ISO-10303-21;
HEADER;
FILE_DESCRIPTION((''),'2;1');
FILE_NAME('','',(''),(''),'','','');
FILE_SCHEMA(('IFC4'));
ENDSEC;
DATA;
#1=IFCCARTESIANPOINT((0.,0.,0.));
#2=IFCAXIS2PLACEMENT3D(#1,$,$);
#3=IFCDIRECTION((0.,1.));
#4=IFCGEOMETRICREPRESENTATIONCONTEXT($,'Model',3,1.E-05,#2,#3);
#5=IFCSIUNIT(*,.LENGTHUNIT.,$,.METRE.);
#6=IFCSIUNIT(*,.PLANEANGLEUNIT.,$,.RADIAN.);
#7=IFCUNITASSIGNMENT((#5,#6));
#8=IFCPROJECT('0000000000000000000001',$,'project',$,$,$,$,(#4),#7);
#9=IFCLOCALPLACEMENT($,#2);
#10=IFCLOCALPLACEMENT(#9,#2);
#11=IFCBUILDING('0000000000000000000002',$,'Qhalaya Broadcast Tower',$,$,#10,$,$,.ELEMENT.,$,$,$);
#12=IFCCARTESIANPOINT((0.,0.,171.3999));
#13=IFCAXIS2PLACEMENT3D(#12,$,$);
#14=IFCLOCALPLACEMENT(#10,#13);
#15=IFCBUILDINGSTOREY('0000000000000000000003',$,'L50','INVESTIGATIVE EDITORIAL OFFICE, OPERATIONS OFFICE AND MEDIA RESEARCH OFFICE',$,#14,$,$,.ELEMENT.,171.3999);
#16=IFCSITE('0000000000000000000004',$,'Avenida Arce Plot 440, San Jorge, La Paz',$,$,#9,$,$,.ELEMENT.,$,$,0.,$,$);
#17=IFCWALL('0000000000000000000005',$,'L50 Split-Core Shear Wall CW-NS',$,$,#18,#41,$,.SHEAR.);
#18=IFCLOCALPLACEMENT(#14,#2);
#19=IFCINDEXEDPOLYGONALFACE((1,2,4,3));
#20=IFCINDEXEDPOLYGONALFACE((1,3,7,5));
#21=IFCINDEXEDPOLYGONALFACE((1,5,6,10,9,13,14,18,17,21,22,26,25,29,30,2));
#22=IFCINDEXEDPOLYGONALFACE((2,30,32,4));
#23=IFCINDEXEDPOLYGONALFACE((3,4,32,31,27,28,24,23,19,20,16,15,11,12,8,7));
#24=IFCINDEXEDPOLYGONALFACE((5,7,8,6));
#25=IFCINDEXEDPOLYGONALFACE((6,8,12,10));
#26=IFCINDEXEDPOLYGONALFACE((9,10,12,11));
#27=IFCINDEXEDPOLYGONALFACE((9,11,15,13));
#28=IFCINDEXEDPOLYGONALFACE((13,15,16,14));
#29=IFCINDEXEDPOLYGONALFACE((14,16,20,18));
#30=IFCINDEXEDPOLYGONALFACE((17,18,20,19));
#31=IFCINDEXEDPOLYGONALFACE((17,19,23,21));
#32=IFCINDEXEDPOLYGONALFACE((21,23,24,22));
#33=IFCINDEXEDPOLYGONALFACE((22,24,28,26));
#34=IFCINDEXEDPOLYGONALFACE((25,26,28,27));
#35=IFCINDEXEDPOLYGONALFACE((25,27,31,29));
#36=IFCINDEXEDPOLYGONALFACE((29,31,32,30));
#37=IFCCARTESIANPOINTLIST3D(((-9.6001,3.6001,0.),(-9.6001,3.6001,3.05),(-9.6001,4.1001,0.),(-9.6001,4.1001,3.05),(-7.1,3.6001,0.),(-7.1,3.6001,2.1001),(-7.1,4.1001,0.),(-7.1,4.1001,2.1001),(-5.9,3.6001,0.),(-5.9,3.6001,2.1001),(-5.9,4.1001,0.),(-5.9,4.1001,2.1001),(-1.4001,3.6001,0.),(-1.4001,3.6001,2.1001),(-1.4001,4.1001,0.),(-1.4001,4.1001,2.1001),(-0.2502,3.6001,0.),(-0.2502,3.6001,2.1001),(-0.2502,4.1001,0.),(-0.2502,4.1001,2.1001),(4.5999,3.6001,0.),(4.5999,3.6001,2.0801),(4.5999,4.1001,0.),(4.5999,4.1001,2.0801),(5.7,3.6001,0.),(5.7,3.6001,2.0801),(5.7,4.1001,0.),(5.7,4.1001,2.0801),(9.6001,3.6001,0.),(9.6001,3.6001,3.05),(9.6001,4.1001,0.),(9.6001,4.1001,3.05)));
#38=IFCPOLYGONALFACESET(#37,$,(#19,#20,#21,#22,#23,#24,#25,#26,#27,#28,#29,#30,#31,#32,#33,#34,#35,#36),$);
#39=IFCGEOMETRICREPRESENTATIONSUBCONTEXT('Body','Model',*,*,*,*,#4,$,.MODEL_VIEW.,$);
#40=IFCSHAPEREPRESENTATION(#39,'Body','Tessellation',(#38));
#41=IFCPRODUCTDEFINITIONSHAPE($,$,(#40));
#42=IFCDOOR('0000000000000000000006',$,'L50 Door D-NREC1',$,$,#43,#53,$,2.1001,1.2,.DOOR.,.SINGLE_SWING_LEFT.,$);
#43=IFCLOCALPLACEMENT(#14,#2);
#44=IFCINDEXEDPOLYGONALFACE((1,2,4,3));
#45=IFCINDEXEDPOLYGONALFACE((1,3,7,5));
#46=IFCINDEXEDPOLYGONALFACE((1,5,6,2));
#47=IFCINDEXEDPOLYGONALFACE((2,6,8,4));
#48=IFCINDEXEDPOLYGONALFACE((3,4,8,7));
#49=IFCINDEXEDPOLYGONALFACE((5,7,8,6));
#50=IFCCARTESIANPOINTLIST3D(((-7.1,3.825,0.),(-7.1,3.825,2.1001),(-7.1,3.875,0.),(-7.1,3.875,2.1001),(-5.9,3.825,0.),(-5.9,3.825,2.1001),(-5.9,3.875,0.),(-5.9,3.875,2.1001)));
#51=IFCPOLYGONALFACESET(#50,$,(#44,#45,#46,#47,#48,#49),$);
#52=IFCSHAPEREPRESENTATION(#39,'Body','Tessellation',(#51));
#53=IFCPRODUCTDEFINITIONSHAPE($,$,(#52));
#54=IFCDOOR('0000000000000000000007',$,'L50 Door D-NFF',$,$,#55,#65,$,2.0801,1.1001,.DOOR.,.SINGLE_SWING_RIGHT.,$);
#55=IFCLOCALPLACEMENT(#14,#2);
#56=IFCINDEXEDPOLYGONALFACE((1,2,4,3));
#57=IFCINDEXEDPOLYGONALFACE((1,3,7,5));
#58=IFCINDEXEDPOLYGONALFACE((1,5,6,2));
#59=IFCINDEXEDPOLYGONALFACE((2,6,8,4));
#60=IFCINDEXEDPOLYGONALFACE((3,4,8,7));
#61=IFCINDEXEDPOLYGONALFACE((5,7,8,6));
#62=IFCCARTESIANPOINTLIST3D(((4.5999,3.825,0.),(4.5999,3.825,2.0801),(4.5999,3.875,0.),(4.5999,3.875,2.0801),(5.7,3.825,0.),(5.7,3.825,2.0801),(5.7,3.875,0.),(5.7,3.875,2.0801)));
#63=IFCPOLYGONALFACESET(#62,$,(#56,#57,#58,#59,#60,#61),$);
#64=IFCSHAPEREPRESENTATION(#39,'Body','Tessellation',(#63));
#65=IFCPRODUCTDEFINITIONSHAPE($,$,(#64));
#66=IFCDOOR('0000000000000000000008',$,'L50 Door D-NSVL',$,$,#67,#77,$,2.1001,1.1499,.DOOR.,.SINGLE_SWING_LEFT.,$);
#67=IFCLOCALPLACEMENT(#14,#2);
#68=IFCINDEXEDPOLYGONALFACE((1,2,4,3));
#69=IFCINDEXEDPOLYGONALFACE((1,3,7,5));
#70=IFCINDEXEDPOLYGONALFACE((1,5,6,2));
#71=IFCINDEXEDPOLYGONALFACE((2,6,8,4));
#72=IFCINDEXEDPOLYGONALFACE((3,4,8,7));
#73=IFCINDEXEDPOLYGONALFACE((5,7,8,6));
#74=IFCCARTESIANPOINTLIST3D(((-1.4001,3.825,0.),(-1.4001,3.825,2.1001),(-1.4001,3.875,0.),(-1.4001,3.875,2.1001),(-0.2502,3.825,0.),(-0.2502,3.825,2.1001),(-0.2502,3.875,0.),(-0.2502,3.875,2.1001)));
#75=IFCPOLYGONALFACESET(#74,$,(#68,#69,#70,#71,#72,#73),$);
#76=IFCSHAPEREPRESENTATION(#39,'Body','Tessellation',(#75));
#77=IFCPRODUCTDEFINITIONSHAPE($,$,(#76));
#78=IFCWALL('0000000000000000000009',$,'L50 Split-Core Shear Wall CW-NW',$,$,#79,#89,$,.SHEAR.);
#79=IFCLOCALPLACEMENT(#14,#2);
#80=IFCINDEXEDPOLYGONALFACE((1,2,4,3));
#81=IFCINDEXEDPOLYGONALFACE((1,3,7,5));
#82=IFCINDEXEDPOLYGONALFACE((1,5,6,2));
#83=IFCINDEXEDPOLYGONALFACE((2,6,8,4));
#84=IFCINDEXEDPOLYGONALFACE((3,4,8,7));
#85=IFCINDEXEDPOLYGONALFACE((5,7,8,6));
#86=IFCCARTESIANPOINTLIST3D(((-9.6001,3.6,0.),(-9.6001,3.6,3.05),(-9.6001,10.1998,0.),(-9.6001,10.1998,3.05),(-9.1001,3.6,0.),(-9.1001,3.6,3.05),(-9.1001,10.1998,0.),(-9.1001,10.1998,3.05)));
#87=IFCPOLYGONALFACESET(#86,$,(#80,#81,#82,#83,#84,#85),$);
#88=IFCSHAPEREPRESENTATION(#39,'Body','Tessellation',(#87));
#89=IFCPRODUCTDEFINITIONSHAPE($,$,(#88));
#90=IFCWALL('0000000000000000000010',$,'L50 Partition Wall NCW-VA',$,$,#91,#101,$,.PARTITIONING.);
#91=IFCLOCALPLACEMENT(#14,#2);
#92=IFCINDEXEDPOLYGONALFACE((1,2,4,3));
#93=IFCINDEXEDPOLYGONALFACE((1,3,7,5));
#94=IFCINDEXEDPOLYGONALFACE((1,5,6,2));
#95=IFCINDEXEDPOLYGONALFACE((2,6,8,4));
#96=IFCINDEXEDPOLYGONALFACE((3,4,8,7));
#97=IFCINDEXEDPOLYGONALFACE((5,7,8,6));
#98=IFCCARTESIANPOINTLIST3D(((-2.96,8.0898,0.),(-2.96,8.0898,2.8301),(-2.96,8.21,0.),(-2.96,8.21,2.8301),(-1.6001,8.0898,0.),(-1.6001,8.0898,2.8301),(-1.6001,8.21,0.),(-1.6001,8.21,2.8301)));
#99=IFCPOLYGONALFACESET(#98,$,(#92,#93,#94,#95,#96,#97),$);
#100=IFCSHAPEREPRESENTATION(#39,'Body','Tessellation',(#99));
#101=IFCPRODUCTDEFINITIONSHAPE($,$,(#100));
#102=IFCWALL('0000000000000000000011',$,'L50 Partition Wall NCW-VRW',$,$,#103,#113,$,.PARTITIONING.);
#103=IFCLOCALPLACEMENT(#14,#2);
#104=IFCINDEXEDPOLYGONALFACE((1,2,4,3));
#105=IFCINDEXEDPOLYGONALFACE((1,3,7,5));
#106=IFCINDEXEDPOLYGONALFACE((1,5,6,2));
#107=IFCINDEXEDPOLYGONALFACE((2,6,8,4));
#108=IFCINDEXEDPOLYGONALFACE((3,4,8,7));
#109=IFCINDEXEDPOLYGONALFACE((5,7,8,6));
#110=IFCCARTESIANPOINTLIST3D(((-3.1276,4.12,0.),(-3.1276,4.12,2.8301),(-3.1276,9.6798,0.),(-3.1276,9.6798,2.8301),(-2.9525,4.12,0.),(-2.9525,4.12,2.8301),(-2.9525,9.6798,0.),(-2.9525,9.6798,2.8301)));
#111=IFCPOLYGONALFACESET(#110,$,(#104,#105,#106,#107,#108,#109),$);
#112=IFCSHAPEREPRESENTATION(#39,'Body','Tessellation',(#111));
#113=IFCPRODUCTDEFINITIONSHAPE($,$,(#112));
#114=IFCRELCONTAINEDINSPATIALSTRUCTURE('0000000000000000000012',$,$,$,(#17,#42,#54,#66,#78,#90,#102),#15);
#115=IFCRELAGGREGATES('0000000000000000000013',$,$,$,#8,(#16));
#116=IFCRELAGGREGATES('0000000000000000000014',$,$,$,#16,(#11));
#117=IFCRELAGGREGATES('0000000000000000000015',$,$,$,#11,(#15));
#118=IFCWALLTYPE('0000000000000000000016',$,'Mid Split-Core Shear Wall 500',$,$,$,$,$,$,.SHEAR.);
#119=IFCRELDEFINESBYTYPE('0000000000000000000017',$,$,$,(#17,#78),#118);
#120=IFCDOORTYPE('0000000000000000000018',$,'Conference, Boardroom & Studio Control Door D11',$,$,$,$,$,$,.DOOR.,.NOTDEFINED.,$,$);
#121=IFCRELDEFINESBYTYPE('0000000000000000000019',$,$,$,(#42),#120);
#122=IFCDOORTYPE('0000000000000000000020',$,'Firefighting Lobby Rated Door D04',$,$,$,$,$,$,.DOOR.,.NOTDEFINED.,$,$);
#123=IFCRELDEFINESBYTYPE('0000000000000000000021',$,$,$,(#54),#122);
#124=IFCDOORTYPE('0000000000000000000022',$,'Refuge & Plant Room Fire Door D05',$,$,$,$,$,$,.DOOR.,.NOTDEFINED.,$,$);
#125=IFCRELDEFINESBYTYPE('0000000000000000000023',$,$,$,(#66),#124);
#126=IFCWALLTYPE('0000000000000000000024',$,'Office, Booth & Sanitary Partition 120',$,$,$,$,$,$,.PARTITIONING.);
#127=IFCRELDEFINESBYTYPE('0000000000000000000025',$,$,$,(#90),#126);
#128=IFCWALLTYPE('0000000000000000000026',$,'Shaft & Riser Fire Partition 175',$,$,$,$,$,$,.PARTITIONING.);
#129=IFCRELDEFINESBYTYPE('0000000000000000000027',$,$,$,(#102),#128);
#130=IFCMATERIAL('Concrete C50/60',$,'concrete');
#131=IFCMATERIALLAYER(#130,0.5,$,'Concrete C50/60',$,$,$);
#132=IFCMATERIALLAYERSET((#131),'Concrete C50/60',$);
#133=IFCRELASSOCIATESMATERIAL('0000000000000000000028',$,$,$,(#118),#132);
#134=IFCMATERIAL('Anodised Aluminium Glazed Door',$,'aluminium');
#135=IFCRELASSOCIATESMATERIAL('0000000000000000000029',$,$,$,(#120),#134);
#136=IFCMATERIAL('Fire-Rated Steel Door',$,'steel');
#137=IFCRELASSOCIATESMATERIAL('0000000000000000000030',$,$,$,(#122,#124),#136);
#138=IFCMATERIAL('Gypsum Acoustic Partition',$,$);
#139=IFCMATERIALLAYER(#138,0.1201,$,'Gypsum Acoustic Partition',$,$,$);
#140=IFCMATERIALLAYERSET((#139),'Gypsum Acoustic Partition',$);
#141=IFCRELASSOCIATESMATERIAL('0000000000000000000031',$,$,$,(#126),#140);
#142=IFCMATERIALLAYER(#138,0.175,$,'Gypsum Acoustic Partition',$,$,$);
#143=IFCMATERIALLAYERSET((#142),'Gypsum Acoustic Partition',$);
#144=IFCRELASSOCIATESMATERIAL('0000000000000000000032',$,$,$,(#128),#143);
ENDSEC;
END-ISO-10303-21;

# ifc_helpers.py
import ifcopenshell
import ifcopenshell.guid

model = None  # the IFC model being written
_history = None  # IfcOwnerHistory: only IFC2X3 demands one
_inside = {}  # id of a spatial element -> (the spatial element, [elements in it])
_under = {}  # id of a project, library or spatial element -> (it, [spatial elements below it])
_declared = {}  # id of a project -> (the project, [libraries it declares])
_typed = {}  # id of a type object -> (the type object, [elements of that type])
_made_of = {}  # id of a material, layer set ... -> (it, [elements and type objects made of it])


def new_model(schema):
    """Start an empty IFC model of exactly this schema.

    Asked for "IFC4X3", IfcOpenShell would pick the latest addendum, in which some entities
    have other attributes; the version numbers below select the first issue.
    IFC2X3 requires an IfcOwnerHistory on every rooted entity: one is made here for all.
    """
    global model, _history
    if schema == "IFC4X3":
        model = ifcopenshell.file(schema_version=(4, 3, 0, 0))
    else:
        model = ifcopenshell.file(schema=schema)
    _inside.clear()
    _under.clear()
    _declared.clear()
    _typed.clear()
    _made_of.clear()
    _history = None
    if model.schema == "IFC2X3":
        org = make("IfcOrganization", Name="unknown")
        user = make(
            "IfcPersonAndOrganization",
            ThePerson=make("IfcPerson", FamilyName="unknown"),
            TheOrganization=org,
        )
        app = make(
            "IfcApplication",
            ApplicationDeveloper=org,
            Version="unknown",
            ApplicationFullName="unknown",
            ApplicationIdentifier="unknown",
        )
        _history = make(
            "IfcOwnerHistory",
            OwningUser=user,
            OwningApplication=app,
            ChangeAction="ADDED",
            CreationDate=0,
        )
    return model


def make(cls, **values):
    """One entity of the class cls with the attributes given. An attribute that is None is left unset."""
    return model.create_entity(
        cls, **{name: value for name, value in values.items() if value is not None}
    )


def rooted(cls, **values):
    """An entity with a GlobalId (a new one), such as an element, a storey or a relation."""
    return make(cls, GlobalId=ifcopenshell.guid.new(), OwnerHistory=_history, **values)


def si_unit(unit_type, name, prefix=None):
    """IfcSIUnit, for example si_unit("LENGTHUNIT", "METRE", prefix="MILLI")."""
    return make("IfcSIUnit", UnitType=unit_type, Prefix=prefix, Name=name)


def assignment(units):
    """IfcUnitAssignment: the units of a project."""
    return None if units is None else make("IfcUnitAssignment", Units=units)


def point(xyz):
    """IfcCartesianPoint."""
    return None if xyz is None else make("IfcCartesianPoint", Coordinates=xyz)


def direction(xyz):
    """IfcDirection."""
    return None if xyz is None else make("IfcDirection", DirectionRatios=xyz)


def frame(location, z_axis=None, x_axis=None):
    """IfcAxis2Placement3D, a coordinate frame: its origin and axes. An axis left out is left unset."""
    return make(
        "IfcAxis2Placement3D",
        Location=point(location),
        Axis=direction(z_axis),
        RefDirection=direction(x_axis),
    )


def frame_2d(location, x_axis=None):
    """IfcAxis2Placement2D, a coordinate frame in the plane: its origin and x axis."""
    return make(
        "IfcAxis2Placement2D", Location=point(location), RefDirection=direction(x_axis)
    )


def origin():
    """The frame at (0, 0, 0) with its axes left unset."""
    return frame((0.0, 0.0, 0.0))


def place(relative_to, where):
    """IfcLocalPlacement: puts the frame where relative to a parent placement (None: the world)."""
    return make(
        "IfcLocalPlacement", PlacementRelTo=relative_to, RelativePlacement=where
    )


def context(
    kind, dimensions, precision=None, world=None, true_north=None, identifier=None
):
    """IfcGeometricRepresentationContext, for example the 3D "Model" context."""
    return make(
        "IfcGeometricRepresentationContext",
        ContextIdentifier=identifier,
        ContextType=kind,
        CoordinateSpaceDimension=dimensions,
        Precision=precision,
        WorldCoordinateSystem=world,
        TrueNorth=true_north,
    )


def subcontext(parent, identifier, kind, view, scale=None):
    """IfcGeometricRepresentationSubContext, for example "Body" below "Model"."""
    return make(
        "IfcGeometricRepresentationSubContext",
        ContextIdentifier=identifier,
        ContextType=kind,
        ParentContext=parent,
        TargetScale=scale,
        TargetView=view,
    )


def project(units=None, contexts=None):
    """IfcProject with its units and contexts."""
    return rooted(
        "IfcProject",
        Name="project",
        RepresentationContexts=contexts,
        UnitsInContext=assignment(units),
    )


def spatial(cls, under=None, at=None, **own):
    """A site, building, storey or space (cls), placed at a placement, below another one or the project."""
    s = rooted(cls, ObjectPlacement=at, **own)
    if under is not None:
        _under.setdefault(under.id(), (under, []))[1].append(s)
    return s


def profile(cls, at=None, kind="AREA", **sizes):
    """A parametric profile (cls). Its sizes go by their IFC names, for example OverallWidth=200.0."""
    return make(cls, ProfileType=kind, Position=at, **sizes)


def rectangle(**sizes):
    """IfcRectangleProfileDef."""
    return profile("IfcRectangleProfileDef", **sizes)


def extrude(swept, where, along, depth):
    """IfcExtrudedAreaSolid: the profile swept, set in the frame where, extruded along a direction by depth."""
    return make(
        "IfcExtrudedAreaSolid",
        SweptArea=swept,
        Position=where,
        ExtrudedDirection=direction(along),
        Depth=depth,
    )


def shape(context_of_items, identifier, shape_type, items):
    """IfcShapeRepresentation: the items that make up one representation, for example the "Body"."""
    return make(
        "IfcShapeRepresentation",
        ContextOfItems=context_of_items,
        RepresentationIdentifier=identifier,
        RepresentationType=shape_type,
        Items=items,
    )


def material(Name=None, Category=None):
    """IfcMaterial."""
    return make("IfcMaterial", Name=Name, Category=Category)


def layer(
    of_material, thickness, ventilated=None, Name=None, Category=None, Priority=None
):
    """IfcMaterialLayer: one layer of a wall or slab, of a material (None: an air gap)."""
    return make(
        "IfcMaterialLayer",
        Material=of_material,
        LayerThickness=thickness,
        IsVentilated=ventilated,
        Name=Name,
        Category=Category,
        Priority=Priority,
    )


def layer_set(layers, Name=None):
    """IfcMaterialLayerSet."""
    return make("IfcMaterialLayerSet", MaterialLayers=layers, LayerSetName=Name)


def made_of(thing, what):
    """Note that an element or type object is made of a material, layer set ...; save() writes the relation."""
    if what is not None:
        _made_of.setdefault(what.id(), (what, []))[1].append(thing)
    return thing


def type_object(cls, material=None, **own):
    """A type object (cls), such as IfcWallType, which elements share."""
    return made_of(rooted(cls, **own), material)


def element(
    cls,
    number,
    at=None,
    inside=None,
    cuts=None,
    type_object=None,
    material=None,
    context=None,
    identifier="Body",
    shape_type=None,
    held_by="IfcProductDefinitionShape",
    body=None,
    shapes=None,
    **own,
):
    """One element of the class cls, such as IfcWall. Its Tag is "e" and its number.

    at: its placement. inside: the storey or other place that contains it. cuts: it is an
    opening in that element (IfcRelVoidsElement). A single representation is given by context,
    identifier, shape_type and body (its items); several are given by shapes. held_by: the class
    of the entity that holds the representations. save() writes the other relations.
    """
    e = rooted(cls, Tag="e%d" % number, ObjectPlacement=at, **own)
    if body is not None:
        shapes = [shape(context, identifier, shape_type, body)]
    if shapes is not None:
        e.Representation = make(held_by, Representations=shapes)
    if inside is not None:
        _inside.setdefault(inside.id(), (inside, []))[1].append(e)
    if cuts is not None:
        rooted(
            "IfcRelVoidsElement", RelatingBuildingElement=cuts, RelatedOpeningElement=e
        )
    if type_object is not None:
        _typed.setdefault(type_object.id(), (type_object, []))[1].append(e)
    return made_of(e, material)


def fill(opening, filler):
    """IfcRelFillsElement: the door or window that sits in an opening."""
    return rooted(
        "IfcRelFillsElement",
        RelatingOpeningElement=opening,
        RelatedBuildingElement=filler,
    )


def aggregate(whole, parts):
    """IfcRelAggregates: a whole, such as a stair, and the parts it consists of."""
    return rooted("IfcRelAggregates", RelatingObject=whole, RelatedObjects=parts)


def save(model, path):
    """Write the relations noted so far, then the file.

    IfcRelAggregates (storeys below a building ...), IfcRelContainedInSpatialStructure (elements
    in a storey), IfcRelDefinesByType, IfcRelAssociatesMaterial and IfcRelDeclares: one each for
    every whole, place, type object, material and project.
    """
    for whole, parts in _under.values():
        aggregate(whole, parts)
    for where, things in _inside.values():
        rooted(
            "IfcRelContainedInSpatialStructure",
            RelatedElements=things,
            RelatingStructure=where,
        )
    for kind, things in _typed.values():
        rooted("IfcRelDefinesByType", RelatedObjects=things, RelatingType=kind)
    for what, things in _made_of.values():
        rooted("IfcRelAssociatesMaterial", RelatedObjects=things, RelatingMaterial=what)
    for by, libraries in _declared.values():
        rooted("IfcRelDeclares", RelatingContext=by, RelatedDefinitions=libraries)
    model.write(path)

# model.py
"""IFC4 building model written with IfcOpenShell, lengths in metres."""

from ifc_helpers import new_model, si_unit, direction, frame, frame_2d, origin, place, context, subcontext, project, spatial, rectangle, extrude, material, layer, layer_set, type_object, element, fill, save


model = new_model("IFC4")

# Units and contexts
model_context = context("Model", 3, precision=1e-05, world=origin(), true_north=direction((0.0, 1.0)))
body_context = subcontext(model_context, "Body", "Model", "MODEL_VIEW")
ifc_project = project(units=[si_unit("LENGTHUNIT", "METRE"), si_unit("PLANEANGLEUNIT", "RADIAN")], contexts=[model_context])

# Site, building, storey
site_placement = place(None, origin())
site = spatial("IfcSite", under=ifc_project, at=site_placement, Name="Avenida Arce Plot 440, San Jorge, La Paz", CompositionType="ELEMENT", RefElevation=0.0)
building_placement = place(site_placement, origin())
building = spatial("IfcBuilding", under=site, at=building_placement, Name="Qhalaya Broadcast Tower", CompositionType="ELEMENT")
storey_placement = place(building_placement, frame((0.0, 0.0, 171.3999)))
storey = spatial("IfcBuildingStorey", under=building, at=storey_placement, Name="L50", Description="INVESTIGATIVE EDITORIAL OFFICE, OPERATIONS OFFICE AND MEDIA RESEARCH OFFICE", CompositionType="ELEMENT", Elevation=171.3999)

# Shared definitions
ifc_material_1 = material(Name="Concrete C50/60", Category="concrete")

# Shared definitions
ifc_material_2 = material(Name="Gypsum Acoustic Partition")

# Shared definitions
ifc_layer_1 = layer(ifc_material_1, 0.5, Name="Concrete C50/60")
ifc_layer_set_1 = layer_set([ifc_layer_1], Name="Concrete C50/60")
wall_type_1 = type_object("IfcWallType", Name="Mid Split-Core Shear Wall 500", PredefinedType="SHEAR", material=ifc_layer_set_1)

# Wall, openings, doors
wall_1_placement = place(storey_placement, frame((-9.6001, 3.8501, 0.0), z_axis=(0.0, 0.0, 1.0), x_axis=(1.0, 0.0, 0.0)))
wall_1 = element("IfcWall", 1, at=wall_1_placement, inside=storey, type_object=wall_type_1, Name="L50 Split-Core Shear Wall CW-NS", PredefinedType="SHEAR", context=body_context, shape_type="SweptSolid", body=[
    extrude(rectangle(XDim=19.2002, YDim=0.5, at=frame_2d((9.6001, 0.0))), origin(), (0.0, 0.0, 1.0), 3.05),
])
opening_1_placement = place(wall_1_placement, frame((14.2, 0.0, 0.0)))
opening_1 = element("IfcOpeningElement", 2, at=opening_1_placement, cuts=wall_1, PredefinedType="OPENING", context=body_context, shape_type="SweptSolid", body=[
    extrude(rectangle(XDim=1.1001, YDim=2.0801, at=frame_2d((0.55, 1.04))), frame((0.0, 0.262, 0.0), z_axis=(0.0, -1.0, 0.0), x_axis=(1.0, 0.0, 0.0)), (0.0, 0.0, 1.0), 0.5239),
])
opening_2_placement = place(wall_1_placement, frame((8.2, 0.0, 0.0)))
opening_2 = element("IfcOpeningElement", 3, at=opening_2_placement, cuts=wall_1, PredefinedType="OPENING", context=body_context, shape_type="SweptSolid", body=[
    extrude(rectangle(XDim=1.1499, YDim=2.1001, at=frame_2d((0.575, 1.05))), frame((0.0, 0.262, 0.0), z_axis=(0.0, -1.0, 0.0), x_axis=(1.0, 0.0, 0.0)), (0.0, 0.0, 1.0), 0.5239),
])
opening_3_placement = place(wall_1_placement, frame((2.5, 0.0, 0.0)))
opening_3 = element("IfcOpeningElement", 4, at=opening_3_placement, cuts=wall_1, PredefinedType="OPENING", context=body_context, shape_type="SweptSolid", body=[
    extrude(rectangle(XDim=1.2, YDim=2.1001, at=frame_2d((0.6001, 1.05))), frame((0.0, 0.262, 0.0), z_axis=(0.0, -1.0, 0.0), x_axis=(1.0, 0.0, 0.0)), (0.0, 0.0, 1.0), 0.5239),
])
ifc_material_3 = material(Name="Anodised Aluminium Glazed Door", Category="aluminium")
door_type_1 = type_object("IfcDoorType", Name="Conference, Boardroom & Studio Control Door D11", OperationType="NOTDEFINED", PredefinedType="DOOR", material=ifc_material_3)
door_1_placement = place(opening_3_placement, origin())
door_1 = element("IfcDoor", 5, at=door_1_placement, inside=storey, type_object=door_type_1, Name="L50 Door D-NREC1", OperationType="SINGLE_SWING_LEFT", OverallHeight=2.1001, OverallWidth=1.2, PredefinedType="DOOR", context=body_context, shape_type="SweptSolid", body=[
    extrude(rectangle(XDim=1.2, YDim=2.1001, at=frame_2d((0.6001, 1.05))), frame((0.0, 0.0249, 0.0), z_axis=(0.0, -1.0, 0.0), x_axis=(1.0, 0.0, 0.0)), (0.0, 0.0, 1.0), 0.05),
])
fill(opening_3, door_1)
ifc_material_4 = material(Name="Fire-Rated Steel Door", Category="steel")
door_type_2 = type_object("IfcDoorType", Name="Firefighting Lobby Rated Door D04", OperationType="NOTDEFINED", PredefinedType="DOOR", material=ifc_material_4)
door_2_placement = place(opening_1_placement, origin())
door_2 = element("IfcDoor", 6, at=door_2_placement, inside=storey, type_object=door_type_2, Name="L50 Door D-NFF", OperationType="SINGLE_SWING_RIGHT", OverallHeight=2.0801, OverallWidth=1.1001, PredefinedType="DOOR", context=body_context, shape_type="SweptSolid", body=[
    extrude(rectangle(XDim=1.1001, YDim=2.0801, at=frame_2d((0.55, 1.04))), frame((0.0, 0.0249, 0.0), z_axis=(0.0, -1.0, 0.0), x_axis=(1.0, 0.0, 0.0)), (0.0, 0.0, 1.0), 0.05),
])
fill(opening_1, door_2)
door_type_3 = type_object("IfcDoorType", Name="Refuge & Plant Room Fire Door D05", OperationType="NOTDEFINED", PredefinedType="DOOR", material=ifc_material_4)
door_3_placement = place(opening_2_placement, origin())
door_3 = element("IfcDoor", 7, at=door_3_placement, inside=storey, type_object=door_type_3, Name="L50 Door D-NSVL", OperationType="SINGLE_SWING_LEFT", OverallHeight=2.1001, OverallWidth=1.1499, PredefinedType="DOOR", context=body_context, shape_type="SweptSolid", body=[
    extrude(rectangle(XDim=1.1499, YDim=2.1001, at=frame_2d((0.575, 1.05))), frame((0.0, 0.0249, 0.0), z_axis=(0.0, -1.0, 0.0), x_axis=(1.0, 0.0, 0.0)), (0.0, 0.0, 1.0), 0.05),
])
fill(opening_2, door_3)

# Walls
wall_2_placement = place(storey_placement, frame((-9.3501, 3.6001, 0.0), z_axis=(0.0, 0.0, 1.0), x_axis=(0.0, 1.0, 0.0)))
element("IfcWall", 8, at=wall_2_placement, inside=storey, type_object=wall_type_1, Name="L50 Split-Core Shear Wall CW-NW", PredefinedType="SHEAR", context=body_context, shape_type="SweptSolid", body=[
    extrude(rectangle(XDim=6.5999, YDim=0.5, at=frame_2d((3.2998, 0.0))), origin(), (0.0, 0.0, 1.0), 3.05),
])
ifc_layer_2 = layer(ifc_material_2, 0.1201, Name="Gypsum Acoustic Partition")
ifc_layer_set_2 = layer_set([ifc_layer_2], Name="Gypsum Acoustic Partition")
wall_type_2 = type_object("IfcWallType", Name="Office, Booth & Sanitary Partition 120", PredefinedType="PARTITIONING", material=ifc_layer_set_2)
wall_3_placement = place(storey_placement, frame((-2.96, 8.1499, 0.0), z_axis=(0.0, 0.0, 1.0), x_axis=(1.0, 0.0, 0.0)))
element("IfcWall", 9, at=wall_3_placement, inside=storey, type_object=wall_type_2, Name="L50 Partition Wall NCW-VA", PredefinedType="PARTITIONING", context=body_context, shape_type="SweptSolid", body=[
    extrude(rectangle(XDim=1.3599, YDim=0.1201, at=frame_2d((0.6799, 0.0))), origin(), (0.0, 0.0, 1.0), 2.8301),
])
ifc_layer_3 = layer(ifc_material_2, 0.175, Name="Gypsum Acoustic Partition")
ifc_layer_set_3 = layer_set([ifc_layer_3], Name="Gypsum Acoustic Partition")
wall_type_3 = type_object("IfcWallType", Name="Shaft & Riser Fire Partition 175", PredefinedType="PARTITIONING", material=ifc_layer_set_3)
wall_4_placement = place(storey_placement, frame((-3.04, 4.1201, 0.0), z_axis=(0.0, 0.0, 1.0), x_axis=(0.0, 1.0, 0.0)))
element("IfcWall", 10, at=wall_4_placement, inside=storey, type_object=wall_type_3, Name="L50 Partition Wall NCW-VRW", PredefinedType="PARTITIONING", context=body_context, shape_type="SweptSolid", body=[
    extrude(rectangle(XDim=5.5598, YDim=0.175, at=frame_2d((2.7798, 0.0))), origin(), (0.0, 0.0, 1.0), 2.8301),
])

save(model, "model.ifc")
